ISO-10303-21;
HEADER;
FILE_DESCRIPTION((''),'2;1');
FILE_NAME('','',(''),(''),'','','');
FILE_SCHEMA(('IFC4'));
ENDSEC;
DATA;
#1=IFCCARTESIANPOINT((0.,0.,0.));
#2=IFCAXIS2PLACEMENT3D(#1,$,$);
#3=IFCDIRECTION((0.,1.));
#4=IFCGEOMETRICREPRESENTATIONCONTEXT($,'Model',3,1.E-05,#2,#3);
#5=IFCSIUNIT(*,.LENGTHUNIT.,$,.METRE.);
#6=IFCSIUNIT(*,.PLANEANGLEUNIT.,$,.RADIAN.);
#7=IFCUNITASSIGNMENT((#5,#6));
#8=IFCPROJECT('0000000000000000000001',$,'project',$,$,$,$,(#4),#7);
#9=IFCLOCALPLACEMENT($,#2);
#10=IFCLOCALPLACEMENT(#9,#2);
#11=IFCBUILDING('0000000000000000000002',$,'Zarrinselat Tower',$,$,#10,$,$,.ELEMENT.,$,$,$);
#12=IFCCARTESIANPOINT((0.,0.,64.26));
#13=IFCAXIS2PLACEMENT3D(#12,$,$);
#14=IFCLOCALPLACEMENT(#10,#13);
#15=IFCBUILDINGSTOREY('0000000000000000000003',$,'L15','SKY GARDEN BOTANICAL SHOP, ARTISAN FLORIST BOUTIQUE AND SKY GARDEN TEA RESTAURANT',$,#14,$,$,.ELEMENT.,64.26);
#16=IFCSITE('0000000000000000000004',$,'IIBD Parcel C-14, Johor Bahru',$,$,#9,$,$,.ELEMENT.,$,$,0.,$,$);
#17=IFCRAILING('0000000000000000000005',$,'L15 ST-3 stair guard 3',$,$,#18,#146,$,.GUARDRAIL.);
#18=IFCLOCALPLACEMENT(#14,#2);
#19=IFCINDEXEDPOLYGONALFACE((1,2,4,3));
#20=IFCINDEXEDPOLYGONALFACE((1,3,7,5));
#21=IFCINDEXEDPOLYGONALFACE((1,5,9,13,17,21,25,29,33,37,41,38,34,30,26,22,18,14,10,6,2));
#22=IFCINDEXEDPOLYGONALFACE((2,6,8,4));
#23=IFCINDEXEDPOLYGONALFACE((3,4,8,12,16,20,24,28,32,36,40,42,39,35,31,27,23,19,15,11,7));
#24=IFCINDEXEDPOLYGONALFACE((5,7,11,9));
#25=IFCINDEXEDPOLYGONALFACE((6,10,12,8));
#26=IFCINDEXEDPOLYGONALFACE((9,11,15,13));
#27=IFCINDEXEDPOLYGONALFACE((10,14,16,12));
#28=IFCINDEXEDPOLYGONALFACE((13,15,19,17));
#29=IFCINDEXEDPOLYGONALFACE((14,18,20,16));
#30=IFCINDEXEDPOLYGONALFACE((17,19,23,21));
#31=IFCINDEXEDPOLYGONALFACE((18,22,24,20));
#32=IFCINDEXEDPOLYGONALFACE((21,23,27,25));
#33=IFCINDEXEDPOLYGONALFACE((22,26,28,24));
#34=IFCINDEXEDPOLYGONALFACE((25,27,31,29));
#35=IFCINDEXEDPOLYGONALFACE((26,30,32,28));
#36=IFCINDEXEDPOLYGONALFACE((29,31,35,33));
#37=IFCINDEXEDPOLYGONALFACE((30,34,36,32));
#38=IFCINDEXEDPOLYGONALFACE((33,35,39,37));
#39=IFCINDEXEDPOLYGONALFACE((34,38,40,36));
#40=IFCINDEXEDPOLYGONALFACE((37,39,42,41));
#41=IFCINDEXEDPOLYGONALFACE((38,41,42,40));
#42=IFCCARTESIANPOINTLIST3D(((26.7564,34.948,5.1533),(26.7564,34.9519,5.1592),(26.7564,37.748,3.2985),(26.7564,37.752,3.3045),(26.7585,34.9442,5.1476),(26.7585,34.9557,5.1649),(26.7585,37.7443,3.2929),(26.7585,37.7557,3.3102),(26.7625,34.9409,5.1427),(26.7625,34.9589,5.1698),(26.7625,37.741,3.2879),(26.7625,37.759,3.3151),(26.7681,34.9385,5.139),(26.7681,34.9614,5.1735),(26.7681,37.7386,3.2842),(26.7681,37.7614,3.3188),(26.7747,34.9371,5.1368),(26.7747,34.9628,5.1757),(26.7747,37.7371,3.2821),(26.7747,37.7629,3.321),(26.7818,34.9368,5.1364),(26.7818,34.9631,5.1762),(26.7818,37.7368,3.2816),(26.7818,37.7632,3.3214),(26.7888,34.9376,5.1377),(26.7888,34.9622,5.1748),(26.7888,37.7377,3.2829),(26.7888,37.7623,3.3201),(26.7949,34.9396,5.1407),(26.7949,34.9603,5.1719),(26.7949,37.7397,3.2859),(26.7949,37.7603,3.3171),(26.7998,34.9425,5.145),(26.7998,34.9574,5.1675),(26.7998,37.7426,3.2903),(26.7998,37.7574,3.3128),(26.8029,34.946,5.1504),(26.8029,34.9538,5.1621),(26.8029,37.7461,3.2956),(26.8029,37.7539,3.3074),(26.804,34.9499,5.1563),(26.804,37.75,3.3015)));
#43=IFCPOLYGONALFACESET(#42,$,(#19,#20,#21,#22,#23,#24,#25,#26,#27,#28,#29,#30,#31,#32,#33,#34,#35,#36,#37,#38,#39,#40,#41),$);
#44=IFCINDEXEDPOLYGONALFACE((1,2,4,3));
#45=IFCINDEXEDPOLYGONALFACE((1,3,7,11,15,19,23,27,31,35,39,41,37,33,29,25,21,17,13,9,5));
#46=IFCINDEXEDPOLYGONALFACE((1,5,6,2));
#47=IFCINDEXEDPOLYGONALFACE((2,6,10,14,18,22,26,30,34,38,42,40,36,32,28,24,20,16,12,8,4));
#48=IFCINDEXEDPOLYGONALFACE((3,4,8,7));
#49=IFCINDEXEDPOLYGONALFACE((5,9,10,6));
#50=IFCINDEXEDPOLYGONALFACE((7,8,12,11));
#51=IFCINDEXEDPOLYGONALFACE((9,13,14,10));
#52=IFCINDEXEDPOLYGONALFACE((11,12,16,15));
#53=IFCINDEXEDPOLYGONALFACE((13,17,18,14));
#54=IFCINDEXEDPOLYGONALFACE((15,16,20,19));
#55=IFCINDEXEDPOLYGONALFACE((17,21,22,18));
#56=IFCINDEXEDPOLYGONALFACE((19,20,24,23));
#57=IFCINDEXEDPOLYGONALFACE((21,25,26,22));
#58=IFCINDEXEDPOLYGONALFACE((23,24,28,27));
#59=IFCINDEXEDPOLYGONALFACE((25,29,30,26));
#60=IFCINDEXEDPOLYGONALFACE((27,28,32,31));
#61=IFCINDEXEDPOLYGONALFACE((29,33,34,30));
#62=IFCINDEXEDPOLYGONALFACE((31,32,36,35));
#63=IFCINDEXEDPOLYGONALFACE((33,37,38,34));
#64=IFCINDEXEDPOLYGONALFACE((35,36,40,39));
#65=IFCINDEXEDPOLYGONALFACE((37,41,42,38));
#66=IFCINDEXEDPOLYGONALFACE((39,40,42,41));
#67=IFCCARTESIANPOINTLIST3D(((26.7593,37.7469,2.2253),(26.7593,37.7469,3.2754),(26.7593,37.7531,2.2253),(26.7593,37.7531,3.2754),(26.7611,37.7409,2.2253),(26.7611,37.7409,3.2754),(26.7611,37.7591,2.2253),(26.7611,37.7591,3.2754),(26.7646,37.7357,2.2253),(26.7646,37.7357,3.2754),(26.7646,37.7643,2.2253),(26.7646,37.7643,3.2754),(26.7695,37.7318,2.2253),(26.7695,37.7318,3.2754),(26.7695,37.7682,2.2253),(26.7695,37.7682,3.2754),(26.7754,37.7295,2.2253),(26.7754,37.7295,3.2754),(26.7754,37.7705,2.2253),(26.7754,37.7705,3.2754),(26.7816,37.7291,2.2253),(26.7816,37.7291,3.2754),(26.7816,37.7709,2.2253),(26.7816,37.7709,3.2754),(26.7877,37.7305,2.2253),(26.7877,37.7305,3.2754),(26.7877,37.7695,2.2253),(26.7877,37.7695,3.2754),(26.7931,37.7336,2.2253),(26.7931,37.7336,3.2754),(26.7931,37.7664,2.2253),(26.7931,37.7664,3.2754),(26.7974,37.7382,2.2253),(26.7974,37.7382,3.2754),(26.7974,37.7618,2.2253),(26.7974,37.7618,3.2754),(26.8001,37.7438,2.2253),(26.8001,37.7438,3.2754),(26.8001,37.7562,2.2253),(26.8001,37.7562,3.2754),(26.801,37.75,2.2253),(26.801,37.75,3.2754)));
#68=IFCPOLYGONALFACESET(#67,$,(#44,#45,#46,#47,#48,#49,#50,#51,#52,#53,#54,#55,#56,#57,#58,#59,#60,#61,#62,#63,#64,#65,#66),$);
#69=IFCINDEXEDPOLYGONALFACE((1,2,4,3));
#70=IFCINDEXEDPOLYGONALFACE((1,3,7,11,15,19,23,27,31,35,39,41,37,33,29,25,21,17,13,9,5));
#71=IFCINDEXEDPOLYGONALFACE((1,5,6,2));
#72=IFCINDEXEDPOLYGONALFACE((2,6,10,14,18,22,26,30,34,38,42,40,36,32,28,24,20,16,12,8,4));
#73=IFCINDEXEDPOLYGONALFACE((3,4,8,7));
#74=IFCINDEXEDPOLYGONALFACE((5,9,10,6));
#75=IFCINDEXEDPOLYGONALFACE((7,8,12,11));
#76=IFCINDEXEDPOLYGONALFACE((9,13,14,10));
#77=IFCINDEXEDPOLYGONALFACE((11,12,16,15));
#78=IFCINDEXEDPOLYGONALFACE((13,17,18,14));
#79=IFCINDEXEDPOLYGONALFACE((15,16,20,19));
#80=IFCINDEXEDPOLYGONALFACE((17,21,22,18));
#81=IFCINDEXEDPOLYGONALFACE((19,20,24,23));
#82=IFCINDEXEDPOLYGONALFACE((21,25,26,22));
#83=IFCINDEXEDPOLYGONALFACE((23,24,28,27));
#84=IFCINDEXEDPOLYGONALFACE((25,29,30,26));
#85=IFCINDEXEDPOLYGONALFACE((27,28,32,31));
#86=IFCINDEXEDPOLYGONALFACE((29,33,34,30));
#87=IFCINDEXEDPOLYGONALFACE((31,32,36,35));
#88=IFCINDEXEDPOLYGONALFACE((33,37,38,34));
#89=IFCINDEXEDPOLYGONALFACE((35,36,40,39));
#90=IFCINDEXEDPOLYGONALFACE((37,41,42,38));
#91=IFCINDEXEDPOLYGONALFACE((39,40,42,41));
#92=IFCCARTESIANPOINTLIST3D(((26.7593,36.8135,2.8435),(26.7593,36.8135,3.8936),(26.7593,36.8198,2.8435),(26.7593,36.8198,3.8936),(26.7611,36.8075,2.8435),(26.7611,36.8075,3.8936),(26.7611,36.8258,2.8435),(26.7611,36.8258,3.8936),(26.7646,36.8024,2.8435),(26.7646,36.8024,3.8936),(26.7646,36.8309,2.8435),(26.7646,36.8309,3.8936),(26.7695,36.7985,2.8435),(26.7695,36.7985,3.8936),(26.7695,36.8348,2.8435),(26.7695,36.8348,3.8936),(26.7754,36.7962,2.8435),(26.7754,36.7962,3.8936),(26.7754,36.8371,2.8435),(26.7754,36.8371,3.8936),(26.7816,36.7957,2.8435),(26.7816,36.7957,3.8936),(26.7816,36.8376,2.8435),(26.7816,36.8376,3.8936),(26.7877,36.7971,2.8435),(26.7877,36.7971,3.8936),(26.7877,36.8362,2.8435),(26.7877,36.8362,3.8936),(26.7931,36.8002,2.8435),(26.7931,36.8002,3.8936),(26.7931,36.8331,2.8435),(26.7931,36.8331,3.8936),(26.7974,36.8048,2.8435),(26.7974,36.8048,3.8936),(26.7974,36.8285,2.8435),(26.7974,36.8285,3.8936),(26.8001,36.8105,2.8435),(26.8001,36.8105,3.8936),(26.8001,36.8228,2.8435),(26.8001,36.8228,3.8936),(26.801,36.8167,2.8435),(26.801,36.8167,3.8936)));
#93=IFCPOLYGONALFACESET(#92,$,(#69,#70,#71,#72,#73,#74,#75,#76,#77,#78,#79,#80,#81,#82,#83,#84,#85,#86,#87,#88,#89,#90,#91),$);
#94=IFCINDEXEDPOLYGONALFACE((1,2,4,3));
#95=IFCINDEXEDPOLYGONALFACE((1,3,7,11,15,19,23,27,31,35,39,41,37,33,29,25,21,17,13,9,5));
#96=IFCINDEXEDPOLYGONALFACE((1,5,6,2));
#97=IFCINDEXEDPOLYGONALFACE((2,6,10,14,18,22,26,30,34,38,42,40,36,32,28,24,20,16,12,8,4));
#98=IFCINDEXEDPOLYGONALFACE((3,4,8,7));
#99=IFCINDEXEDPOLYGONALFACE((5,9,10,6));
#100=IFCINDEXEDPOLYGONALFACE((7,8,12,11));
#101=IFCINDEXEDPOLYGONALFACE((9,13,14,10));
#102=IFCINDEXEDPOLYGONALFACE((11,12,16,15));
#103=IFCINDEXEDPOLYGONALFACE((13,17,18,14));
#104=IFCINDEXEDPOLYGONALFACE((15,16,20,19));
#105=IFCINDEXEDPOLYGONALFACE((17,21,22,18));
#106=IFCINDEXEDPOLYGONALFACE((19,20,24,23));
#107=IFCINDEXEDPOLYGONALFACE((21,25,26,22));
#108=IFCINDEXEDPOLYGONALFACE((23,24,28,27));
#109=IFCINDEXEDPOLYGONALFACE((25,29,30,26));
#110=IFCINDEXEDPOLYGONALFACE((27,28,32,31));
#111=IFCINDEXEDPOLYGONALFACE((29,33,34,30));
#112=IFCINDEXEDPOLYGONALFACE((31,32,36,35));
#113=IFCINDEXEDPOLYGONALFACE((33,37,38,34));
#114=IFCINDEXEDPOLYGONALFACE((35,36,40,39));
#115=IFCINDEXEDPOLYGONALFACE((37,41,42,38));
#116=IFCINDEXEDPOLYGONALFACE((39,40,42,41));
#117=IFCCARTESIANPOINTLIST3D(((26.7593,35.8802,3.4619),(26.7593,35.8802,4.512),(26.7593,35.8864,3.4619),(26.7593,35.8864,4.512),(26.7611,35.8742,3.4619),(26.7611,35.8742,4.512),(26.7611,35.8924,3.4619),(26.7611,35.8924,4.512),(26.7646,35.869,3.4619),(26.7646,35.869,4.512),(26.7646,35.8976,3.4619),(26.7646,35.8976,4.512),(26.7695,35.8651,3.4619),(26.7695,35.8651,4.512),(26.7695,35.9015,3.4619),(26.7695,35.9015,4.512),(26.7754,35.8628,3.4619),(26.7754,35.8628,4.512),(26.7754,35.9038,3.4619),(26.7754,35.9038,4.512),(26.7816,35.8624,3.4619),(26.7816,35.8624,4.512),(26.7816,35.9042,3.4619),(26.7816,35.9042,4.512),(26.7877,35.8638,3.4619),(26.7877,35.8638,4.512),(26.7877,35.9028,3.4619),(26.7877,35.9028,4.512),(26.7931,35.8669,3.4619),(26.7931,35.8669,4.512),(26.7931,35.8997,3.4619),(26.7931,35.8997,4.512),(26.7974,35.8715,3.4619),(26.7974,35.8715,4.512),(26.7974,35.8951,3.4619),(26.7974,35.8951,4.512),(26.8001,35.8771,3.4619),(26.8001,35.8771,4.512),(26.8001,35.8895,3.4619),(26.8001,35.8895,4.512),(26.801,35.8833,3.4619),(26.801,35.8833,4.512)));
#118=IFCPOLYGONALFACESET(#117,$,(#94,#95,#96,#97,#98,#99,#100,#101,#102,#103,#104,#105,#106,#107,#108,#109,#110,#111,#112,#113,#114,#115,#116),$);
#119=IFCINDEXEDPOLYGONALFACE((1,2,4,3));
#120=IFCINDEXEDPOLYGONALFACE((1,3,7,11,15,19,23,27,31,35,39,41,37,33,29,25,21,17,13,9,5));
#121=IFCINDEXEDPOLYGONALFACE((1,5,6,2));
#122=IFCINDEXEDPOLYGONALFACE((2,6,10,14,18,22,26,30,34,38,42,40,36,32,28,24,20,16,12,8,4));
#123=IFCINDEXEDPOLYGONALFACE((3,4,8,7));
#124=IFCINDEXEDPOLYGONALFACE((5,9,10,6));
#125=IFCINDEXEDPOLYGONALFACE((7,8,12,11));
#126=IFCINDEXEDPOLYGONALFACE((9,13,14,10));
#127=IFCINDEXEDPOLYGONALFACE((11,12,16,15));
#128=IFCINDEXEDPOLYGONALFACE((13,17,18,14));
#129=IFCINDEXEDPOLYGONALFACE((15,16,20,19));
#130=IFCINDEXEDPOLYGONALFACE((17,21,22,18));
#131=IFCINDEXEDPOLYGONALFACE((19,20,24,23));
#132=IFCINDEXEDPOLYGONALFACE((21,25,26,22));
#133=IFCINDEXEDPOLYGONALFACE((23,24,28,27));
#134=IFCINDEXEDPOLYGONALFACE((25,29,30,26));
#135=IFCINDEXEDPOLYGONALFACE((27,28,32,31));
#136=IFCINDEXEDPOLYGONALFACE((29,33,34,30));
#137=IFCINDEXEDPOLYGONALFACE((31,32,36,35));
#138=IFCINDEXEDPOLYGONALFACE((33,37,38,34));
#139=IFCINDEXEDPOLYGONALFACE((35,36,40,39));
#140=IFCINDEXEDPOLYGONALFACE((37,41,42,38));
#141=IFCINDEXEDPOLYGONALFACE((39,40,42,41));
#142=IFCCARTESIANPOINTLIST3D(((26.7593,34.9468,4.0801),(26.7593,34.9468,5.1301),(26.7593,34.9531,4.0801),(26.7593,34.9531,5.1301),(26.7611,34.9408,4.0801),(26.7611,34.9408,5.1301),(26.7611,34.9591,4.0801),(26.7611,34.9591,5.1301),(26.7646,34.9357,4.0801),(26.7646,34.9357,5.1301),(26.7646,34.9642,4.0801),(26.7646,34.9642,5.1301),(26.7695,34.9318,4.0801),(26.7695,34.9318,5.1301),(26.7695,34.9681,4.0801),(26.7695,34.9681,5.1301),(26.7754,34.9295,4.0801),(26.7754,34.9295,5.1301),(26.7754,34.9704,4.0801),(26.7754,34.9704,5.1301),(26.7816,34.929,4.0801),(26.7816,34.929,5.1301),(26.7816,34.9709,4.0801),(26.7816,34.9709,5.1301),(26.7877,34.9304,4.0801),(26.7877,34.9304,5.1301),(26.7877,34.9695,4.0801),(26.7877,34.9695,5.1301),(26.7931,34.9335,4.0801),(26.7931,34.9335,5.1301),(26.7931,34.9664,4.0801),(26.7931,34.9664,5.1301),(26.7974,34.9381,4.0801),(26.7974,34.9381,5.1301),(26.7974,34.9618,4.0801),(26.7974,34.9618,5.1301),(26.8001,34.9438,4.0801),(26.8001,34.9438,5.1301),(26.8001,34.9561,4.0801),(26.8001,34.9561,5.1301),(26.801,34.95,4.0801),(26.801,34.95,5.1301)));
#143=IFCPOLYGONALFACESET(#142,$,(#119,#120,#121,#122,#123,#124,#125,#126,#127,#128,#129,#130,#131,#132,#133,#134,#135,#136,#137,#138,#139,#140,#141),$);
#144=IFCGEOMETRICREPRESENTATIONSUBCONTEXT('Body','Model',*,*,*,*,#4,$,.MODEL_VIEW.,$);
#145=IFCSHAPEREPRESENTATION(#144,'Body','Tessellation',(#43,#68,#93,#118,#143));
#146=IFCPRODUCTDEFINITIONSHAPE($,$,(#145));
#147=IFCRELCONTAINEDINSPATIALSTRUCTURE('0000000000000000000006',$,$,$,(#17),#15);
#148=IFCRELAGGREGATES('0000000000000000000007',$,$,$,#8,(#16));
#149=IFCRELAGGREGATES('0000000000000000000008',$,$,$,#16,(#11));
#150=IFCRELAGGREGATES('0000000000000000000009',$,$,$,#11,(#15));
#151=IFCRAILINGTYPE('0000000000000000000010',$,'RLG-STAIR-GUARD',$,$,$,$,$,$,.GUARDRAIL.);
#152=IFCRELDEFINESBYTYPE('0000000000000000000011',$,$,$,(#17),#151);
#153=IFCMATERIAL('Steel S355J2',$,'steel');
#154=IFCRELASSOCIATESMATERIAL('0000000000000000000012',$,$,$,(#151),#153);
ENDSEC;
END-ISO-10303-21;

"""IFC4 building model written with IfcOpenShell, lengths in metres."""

from ifc_helpers import new_model, si_unit, direction, frame, origin, origin_2d, place, context, subcontext, project, spatial, circle, extrude, material, type_object, element, save


model = new_model("IFC4")

# Units and contexts
model_context = context("Model", 3, precision=1e-05, world=origin(), true_north=direction((0.0, 1.0)))
body_context = subcontext(model_context, "Body", "Model", "MODEL_VIEW")
ifc_project = project(units=[si_unit("LENGTHUNIT", "METRE"), si_unit("PLANEANGLEUNIT", "RADIAN")], contexts=[model_context])

# Site, building, storey
site_placement = place(None, origin())
site = spatial("IfcSite", under=ifc_project, at=site_placement, Name="IIBD Parcel C-14, Johor Bahru", CompositionType="ELEMENT", RefElevation=0.0)
building_placement = place(site_placement, origin())
building = spatial("IfcBuilding", under=site, at=building_placement, Name="Zarrinselat Tower", CompositionType="ELEMENT")
storey_placement = place(building_placement, frame((0.0, 0.0, 64.26)))
storey = spatial("IfcBuildingStorey", under=building, at=storey_placement, Name="L15", Description="SKY GARDEN BOTANICAL SHOP, ARTISAN FLORIST BOUTIQUE AND SKY GARDEN TEA RESTAURANT", CompositionType="ELEMENT", Elevation=64.26)

# Railing
ifc_material_1 = material(Name="Steel S355J2", Category="steel")
railing_type_1 = type_object("IfcRailingType", Name="RLG-STAIR-GUARD", PredefinedType="GUARDRAIL", material=ifc_material_1)
railing_1_placement = place(storey_placement, frame((26.78, 37.75, 2.2253)))
element("IfcRailing", 1, at=railing_1_placement, inside=storey, type_object=railing_type_1, Name="L15 ST-3 stair guard 3", PredefinedType="GUARDRAIL", context=body_context, shape_type="SweptSolid", body=[
    extrude(circle(Radius=0.0239, at=origin_2d()), frame((0.0, 0.0, 1.0762), z_axis=(0.0, -0.833691, 0.552232), x_axis=(1.0, 0.0, 0.0)), (0.0, 0.0, 1.0), 3.3586),
    extrude(circle(Radius=0.021, at=origin_2d()), origin(), (0.0, 0.0, 1.0), 1.05),
    extrude(circle(Radius=0.021, at=origin_2d()), frame((0.0, -0.9333, 0.6182)), (0.0, 0.0, 1.0), 1.05),
    extrude(circle(Radius=0.021, at=origin_2d()), frame((0.0, -1.8667, 1.2366)), (0.0, 0.0, 1.0), 1.05),
    extrude(circle(Radius=0.021, at=origin_2d()), frame((0.0, -2.8, 1.8547)), (0.0, 0.0, 1.0), 1.05),
])

save(model, "model.ifc")
